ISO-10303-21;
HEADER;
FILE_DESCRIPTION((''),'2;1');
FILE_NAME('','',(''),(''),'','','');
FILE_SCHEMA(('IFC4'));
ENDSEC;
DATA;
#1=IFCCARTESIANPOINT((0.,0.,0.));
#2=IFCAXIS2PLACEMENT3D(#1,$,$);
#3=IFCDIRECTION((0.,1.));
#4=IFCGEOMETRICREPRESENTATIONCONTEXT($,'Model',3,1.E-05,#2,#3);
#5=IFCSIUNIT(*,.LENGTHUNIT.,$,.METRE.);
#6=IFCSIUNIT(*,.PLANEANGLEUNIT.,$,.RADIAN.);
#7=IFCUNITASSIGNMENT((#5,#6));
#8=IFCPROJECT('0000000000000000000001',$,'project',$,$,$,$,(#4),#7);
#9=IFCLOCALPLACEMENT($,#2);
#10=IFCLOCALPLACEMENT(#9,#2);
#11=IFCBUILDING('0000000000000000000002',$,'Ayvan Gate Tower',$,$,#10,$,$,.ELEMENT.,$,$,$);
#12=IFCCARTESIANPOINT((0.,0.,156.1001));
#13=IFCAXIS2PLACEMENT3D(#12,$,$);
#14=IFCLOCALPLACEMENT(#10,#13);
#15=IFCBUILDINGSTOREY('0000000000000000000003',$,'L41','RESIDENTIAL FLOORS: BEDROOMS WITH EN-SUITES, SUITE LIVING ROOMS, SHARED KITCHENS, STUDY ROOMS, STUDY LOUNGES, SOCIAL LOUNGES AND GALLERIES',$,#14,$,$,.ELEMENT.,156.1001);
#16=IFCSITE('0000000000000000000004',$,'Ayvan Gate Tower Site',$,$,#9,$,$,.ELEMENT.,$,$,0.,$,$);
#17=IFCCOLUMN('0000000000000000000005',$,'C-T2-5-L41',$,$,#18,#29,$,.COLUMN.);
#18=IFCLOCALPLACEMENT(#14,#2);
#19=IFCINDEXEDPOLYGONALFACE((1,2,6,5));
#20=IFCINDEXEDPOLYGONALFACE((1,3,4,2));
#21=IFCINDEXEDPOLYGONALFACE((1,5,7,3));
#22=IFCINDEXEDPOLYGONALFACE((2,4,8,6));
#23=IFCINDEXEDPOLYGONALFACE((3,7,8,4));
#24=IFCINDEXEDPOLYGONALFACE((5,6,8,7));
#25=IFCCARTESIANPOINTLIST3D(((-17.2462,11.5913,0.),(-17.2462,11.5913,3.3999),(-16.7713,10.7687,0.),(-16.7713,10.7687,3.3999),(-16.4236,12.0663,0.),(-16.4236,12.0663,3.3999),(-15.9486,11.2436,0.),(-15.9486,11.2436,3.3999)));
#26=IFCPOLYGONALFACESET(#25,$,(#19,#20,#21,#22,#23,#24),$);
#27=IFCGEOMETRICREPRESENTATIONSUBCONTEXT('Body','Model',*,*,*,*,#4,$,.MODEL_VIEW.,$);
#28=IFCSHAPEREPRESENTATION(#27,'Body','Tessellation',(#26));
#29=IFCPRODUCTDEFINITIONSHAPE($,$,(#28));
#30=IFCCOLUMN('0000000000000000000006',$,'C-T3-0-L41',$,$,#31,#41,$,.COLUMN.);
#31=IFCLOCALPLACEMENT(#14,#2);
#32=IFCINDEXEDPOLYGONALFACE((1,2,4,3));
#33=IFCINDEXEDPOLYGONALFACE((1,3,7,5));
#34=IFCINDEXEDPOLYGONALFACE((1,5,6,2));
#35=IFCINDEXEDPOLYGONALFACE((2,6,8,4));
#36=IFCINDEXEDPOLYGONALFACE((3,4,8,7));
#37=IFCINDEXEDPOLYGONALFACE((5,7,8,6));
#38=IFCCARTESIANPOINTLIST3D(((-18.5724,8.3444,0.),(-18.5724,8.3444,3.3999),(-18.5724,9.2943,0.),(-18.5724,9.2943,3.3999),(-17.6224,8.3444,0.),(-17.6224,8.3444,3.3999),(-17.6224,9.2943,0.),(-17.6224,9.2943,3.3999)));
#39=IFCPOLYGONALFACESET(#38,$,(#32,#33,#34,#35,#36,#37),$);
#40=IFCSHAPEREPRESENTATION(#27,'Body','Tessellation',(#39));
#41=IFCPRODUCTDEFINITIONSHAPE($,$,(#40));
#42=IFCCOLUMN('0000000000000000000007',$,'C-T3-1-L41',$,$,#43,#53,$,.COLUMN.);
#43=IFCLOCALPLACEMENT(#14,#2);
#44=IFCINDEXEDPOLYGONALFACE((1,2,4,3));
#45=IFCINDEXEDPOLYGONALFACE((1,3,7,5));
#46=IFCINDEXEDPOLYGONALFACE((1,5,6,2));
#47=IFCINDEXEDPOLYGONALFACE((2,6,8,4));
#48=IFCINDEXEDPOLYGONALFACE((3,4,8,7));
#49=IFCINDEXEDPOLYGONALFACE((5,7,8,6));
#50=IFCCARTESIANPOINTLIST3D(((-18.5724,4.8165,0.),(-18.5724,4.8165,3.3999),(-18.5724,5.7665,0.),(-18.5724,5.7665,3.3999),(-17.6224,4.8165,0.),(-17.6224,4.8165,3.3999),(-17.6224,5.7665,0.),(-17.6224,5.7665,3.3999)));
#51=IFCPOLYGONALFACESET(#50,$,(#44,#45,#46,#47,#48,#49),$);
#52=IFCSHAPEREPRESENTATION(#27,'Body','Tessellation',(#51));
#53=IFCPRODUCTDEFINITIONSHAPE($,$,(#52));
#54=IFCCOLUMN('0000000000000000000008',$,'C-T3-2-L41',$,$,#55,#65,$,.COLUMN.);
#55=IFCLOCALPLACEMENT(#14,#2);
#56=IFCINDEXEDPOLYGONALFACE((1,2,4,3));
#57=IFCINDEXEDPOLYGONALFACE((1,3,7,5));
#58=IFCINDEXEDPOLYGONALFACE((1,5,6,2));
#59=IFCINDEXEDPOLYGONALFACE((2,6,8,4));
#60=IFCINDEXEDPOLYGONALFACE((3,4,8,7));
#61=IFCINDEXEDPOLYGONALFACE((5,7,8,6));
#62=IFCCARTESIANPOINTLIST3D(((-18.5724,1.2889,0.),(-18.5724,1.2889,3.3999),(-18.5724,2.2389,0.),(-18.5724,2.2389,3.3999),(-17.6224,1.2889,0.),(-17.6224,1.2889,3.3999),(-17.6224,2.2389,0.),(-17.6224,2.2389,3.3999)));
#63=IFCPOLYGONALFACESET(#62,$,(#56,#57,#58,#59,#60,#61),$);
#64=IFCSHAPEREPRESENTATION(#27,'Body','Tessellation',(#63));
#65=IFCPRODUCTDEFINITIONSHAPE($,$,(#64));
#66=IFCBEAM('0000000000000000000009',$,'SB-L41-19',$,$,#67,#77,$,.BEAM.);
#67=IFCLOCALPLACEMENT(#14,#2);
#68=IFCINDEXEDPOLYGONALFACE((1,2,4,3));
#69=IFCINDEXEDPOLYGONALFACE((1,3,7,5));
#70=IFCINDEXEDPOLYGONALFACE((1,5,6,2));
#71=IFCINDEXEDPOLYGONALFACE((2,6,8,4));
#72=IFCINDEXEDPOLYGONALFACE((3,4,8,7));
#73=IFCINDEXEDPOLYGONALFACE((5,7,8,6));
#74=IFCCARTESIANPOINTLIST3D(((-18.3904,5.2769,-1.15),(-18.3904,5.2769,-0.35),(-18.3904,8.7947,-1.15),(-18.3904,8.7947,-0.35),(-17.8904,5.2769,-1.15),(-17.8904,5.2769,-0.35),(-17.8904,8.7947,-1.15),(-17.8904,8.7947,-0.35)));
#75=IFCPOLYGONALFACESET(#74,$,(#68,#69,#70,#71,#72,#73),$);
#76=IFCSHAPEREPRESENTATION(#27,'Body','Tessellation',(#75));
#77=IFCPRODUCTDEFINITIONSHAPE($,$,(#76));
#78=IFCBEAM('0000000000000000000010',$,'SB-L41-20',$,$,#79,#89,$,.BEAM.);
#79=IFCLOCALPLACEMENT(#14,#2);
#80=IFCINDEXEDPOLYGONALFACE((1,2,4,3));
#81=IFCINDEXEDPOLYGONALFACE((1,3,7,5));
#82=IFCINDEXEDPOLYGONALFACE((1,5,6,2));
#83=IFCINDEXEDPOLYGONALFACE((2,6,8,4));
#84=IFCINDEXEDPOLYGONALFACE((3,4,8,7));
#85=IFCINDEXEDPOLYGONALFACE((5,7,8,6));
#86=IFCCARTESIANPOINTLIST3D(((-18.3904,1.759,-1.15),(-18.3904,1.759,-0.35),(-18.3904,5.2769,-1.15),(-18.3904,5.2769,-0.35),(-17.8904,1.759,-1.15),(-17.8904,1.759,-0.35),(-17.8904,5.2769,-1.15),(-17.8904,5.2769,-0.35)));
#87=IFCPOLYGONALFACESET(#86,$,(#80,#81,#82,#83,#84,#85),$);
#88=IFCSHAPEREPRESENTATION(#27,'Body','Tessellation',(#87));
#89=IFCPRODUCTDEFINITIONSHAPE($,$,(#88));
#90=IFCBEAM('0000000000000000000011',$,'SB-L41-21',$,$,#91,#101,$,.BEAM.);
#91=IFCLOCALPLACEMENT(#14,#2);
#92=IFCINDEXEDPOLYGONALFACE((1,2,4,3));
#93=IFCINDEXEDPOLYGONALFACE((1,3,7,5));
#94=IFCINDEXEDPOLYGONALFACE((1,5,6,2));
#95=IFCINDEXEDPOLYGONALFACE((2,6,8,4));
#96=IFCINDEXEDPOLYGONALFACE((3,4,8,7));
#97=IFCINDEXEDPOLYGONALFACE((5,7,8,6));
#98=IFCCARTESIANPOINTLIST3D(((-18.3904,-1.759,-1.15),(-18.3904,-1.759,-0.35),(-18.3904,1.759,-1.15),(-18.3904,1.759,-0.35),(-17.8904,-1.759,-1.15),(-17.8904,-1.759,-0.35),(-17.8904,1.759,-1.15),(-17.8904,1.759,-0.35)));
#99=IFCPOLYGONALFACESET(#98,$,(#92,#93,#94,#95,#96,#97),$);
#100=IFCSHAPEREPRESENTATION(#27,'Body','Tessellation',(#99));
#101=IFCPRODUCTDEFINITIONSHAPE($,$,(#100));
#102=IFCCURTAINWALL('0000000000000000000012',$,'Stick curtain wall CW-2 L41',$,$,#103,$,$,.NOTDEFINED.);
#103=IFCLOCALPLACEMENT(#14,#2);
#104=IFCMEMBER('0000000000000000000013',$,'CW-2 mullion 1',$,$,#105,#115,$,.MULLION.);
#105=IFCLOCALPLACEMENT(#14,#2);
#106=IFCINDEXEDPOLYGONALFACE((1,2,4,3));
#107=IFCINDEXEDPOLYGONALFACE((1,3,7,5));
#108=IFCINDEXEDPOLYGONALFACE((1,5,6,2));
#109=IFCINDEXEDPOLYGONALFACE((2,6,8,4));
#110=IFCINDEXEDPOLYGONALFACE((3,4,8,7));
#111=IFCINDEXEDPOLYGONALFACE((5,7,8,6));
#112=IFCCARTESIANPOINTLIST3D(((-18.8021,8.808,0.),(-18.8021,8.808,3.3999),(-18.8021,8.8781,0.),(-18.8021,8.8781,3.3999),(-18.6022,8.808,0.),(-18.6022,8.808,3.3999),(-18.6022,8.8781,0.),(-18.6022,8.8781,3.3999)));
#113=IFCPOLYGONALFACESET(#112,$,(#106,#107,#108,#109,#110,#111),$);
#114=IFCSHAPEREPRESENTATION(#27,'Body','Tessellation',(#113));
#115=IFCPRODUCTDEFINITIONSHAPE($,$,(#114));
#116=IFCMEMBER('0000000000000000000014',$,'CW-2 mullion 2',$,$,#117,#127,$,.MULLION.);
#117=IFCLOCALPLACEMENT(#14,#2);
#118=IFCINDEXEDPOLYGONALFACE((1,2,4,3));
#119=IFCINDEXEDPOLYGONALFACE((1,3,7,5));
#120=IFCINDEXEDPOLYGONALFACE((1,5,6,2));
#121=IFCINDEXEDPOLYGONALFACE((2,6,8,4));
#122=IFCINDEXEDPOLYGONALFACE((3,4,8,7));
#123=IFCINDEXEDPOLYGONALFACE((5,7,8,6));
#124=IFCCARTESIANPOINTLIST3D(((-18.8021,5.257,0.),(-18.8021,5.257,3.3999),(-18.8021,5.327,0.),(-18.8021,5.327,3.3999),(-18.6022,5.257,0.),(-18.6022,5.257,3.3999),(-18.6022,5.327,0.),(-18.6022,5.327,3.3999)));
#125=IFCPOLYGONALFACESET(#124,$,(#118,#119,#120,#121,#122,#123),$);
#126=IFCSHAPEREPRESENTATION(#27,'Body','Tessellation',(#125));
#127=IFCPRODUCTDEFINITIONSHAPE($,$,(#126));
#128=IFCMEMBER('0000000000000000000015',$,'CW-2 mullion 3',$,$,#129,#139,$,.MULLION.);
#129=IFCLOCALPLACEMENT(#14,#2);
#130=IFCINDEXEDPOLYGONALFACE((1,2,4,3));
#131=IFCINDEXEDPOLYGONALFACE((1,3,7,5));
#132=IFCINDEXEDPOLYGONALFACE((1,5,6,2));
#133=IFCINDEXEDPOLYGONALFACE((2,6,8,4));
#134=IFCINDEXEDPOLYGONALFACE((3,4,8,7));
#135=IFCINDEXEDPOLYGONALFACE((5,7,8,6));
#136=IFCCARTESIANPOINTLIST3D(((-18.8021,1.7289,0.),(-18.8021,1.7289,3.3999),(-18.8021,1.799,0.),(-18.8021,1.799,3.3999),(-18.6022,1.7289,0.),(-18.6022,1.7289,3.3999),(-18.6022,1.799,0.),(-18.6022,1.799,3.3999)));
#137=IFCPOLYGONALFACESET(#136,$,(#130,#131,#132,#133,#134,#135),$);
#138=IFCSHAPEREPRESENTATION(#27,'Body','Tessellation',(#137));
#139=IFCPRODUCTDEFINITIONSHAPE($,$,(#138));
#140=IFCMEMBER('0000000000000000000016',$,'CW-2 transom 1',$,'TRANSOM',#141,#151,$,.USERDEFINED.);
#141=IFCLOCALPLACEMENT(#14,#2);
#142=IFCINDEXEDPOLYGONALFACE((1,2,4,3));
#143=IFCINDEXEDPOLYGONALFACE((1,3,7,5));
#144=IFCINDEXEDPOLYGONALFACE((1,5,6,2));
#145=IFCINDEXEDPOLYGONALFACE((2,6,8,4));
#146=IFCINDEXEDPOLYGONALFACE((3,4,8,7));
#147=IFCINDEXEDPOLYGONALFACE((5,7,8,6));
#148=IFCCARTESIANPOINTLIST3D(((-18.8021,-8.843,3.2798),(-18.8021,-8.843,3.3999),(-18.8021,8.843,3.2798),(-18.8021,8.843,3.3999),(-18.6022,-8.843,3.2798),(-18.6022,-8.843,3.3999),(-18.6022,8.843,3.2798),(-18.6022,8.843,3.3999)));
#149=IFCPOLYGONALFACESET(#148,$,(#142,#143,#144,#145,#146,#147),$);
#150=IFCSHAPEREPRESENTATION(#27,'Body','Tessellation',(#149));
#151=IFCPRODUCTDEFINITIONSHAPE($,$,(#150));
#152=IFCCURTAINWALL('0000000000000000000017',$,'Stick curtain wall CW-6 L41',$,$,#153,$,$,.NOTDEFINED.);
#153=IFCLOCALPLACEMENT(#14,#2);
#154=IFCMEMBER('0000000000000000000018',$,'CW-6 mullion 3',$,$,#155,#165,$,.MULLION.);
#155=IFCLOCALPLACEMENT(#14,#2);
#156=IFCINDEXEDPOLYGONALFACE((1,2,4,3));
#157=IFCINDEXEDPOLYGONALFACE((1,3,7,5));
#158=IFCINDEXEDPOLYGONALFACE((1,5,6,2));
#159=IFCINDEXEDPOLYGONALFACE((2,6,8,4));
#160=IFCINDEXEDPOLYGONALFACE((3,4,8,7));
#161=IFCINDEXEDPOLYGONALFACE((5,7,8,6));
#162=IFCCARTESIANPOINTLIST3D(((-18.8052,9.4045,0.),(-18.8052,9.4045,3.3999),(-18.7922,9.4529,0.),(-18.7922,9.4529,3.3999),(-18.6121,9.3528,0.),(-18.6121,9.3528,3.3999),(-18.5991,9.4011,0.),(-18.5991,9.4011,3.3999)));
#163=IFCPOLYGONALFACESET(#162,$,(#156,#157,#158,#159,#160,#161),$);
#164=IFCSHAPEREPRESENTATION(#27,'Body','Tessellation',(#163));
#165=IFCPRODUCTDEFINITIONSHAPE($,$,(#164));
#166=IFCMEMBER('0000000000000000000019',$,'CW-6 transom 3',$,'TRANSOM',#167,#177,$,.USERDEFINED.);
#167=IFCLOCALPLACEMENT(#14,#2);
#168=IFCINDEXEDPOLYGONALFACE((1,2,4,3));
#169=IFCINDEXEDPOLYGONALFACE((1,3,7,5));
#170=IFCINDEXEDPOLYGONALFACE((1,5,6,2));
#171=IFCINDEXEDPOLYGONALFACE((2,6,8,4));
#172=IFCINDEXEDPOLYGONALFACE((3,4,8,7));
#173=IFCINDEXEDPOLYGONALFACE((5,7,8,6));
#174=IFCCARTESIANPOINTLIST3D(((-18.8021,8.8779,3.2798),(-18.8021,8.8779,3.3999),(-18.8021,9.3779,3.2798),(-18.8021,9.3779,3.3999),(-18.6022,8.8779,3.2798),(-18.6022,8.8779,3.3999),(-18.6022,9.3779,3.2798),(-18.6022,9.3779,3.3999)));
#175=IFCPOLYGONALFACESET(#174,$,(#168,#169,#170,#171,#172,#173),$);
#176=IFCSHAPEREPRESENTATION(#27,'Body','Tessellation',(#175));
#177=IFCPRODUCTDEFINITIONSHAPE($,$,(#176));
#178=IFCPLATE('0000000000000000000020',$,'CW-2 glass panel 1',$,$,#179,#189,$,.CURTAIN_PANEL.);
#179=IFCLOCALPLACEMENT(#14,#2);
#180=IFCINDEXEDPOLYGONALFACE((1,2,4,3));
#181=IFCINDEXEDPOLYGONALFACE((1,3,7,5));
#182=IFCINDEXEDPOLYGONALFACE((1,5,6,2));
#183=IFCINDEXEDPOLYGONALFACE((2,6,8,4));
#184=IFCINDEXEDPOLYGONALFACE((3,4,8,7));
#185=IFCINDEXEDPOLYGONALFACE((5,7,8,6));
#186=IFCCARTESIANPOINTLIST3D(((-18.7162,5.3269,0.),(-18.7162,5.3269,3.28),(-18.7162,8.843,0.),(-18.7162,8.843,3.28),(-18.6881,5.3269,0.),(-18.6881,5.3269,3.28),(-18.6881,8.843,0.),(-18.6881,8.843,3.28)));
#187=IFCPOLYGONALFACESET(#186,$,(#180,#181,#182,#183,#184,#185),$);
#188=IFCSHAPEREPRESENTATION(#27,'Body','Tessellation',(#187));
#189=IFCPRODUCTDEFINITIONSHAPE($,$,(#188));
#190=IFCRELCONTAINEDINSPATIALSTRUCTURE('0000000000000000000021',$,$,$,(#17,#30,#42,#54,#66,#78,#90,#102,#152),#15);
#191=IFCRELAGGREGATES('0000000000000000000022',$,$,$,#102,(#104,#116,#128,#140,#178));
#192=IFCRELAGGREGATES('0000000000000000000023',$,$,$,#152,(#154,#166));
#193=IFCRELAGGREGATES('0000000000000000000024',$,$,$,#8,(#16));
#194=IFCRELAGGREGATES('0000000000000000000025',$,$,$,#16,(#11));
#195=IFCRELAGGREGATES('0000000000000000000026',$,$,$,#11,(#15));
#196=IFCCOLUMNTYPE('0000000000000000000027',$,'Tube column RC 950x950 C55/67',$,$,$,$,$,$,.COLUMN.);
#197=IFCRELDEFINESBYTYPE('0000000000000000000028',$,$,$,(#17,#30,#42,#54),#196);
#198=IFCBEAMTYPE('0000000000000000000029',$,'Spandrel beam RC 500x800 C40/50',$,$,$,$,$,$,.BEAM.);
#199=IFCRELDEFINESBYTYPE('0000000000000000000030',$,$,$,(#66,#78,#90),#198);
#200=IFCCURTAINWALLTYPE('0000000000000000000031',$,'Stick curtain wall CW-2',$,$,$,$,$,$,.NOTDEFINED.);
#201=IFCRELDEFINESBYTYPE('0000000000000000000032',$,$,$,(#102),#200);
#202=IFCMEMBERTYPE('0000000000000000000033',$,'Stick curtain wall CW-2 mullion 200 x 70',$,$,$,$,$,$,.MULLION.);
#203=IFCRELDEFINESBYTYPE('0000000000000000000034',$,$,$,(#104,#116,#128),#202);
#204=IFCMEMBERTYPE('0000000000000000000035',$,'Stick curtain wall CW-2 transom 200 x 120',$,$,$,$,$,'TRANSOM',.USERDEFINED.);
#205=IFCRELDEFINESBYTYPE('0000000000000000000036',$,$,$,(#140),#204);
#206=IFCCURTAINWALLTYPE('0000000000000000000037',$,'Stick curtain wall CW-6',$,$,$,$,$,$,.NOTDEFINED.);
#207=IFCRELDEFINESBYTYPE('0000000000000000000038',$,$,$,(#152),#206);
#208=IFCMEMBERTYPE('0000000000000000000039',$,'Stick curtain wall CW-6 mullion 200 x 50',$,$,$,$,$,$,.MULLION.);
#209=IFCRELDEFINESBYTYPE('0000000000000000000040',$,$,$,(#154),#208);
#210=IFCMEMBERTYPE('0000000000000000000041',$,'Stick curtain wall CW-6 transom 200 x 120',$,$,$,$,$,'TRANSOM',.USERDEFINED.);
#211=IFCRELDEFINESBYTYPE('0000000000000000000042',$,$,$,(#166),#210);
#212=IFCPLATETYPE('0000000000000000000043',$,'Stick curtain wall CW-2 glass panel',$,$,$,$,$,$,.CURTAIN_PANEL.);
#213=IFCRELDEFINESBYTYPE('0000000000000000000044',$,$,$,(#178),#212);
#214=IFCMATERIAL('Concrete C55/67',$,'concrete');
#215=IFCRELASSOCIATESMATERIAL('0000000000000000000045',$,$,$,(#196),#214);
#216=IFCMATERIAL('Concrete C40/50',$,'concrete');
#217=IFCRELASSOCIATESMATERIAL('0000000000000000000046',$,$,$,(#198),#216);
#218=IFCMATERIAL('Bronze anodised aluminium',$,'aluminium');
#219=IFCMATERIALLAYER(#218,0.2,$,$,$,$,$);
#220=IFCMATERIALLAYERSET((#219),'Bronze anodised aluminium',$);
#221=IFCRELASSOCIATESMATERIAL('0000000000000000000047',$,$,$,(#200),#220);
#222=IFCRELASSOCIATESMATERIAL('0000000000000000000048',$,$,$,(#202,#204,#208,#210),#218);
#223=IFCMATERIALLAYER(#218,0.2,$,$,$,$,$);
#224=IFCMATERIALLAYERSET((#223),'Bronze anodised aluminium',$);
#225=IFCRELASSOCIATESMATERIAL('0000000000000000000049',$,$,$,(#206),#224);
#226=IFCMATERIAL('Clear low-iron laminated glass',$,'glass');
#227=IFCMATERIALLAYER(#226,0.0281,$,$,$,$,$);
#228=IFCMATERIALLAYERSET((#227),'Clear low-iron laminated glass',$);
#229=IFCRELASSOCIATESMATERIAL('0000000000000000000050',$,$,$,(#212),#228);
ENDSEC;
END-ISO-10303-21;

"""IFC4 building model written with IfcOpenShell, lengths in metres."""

from ifc_helpers import new_model, si_unit, direction, frame, origin, origin_2d, place, context, subcontext, project, spatial, rectangle, extrude, material, layer, layer_set, material_profile, profile_set, type_object, element, aggregate, save


model = new_model("IFC4")

# Units and contexts
model_context = context("Model", 3, precision=1e-05, world=origin(), true_north=direction((0.0, 1.0)))
body_context = subcontext(model_context, "Body", "Model", "MODEL_VIEW")
ifc_project = project(units=[si_unit("LENGTHUNIT", "METRE"), si_unit("PLANEANGLEUNIT", "RADIAN")], contexts=[model_context])

# Site, building, storey
site_placement = place(None, origin())
site = spatial("IfcSite", under=ifc_project, at=site_placement, Name="Ayvan Gate Tower Site", CompositionType="ELEMENT", RefElevation=0.0)
building_placement = place(site_placement, origin())
building = spatial("IfcBuilding", under=site, at=building_placement, Name="Ayvan Gate Tower", CompositionType="ELEMENT")
storey_placement = place(building_placement, frame((0.0, 0.0, 156.1001)))
storey = spatial("IfcBuildingStorey", under=building, at=storey_placement, Name="L41", Description="RESIDENTIAL FLOORS: BEDROOMS WITH EN-SUITES, SUITE LIVING ROOMS, SHARED KITCHENS, STUDY ROOMS, STUDY LOUNGES, SOCIAL LOUNGES AND GALLERIES", CompositionType="ELEMENT", Elevation=156.1001)

# Columns
ifc_material_1 = material(Name="Concrete C55/67", Category="concrete")
ifc_material_profile_1 = material_profile(ifc_material_1, rectangle(XDim=0.95, YDim=0.95, at=origin_2d()), Name="RC 950x950")
ifc_profile_set_1 = profile_set([ifc_material_profile_1], Name="Concrete C55/67")
column_type = type_object("IfcColumnType", Name="Tube column RC 950x950 C55/67", PredefinedType="COLUMN", material=ifc_profile_set_1)
for number, where, z_axis, x_axis, name in (
    (1, (-16.5974, 11.4175, 0.0), (0.0, 0.0, 1.0), (-0.5, 0.866025, 0.0), "C-T2-5-L41"),
    (2, (-18.0974, 8.8193, 0.0), (0.0, 0.0, 1.0), (-1.0, 0.0, 0.0), "C-T3-0-L41"),
    (3, (-18.0974, 5.2915, 0.0), (0.0, 0.0, 1.0), (-1.0, 0.0, 0.0), "C-T3-1-L41"),
    (4, (-18.0974, 1.7639, 0.0), (0.0, 0.0, 1.0), (-1.0, 0.0, 0.0), "C-T3-2-L41"),
):
    element("IfcColumn", number, at=place(storey_placement, frame(where, z_axis=z_axis, x_axis=x_axis)), inside=storey, type_object=column_type, Name=name, PredefinedType="COLUMN", context=body_context, shape_type="SweptSolid", body=[
        extrude(rectangle(XDim=0.95, YDim=0.95, at=origin_2d()), origin(), (0.0, 0.0, 1.0), 3.3999),
    ])

# Beams
ifc_material_2 = material(Name="Concrete C40/50", Category="concrete")
ifc_material_profile_2 = material_profile(ifc_material_2, rectangle(XDim=0.5, YDim=0.8, at=origin_2d()), Name="RC 500x800")
ifc_profile_set_2 = profile_set([ifc_material_profile_2], Name="Concrete C40/50")
beam_type = type_object("IfcBeamType", Name="Spandrel beam RC 500x800 C40/50", PredefinedType="BEAM", material=ifc_profile_set_2)
for number, where, z_axis, x_axis, name in (
    (5, (-18.1404, 8.7947, -0.75), (0.0, -1.0, 0.0), (1.0, 0.0, 0.0), "SB-L41-19"),
    (6, (-18.1404, 5.2769, -0.75), (0.0, -1.0, 0.0), (1.0, 0.0, 0.0), "SB-L41-20"),
):
    element("IfcBeam", number, at=place(storey_placement, frame(where, z_axis=z_axis, x_axis=x_axis)), inside=storey, type_object=beam_type, Name=name, PredefinedType="BEAM", context=body_context, shape_type="SweptSolid", body=[
        extrude(rectangle(XDim=0.5, YDim=0.8, at=origin_2d()), origin(), (0.0, 0.0, 1.0), 3.5178),
    ])
beam_placement = place(storey_placement, frame((-18.1404, 1.759, -0.75), z_axis=(0.0, -1.0, 0.0), x_axis=(1.0, 0.0, 0.0)))
element("IfcBeam", 7, at=beam_placement, inside=storey, type_object=beam_type, Name="SB-L41-21", PredefinedType="BEAM", context=body_context, shape_type="SweptSolid", body=[
    extrude(rectangle(XDim=0.5, YDim=0.8, at=origin_2d()), origin(), (0.0, 0.0, 1.0), 3.5181),
])

# Curtain walls, members
ifc_material_3 = material(Name="Bronze anodised aluminium", Category="aluminium")
ifc_layer_1 = layer(ifc_material_3, 0.2)
ifc_layer_set_1 = layer_set([ifc_layer_1], Name="Bronze anodised aluminium")
curtain_wall_type_1 = type_object("IfcCurtainWallType", Name="Stick curtain wall CW-2", PredefinedType="NOTDEFINED", material=ifc_layer_set_1)
curtain_wall_1_placement = place(storey_placement, origin())
curtain_wall_1 = element("IfcCurtainWall", 8, at=curtain_wall_1_placement, inside=storey, type_object=curtain_wall_type_1, Name="Stick curtain wall CW-2 L41", PredefinedType="NOTDEFINED")
ifc_material_profile_3 = material_profile(ifc_material_3, rectangle(XDim=0.2, YDim=0.0701, at=origin_2d()), Name="Stick curtain wall CW-2 mullion 200 x 70")
ifc_profile_set_3 = profile_set([ifc_material_profile_3], Name="Bronze anodised aluminium")
member_type_1 = type_object("IfcMemberType", Name="Stick curtain wall CW-2 mullion 200 x 70", PredefinedType="MULLION", material=ifc_profile_set_3)
member_1_placement = place(storey_placement, frame((-18.7021, 8.843, 0.0), z_axis=(0.0, 0.0, 1.0), x_axis=(-1.0, 0.0, 0.0)))
member_1 = element("IfcMember", 9, at=member_1_placement, type_object=member_type_1, Name="CW-2 mullion 1", PredefinedType="MULLION", context=body_context, shape_type="SweptSolid", body=[
    extrude(rectangle(XDim=0.2, YDim=0.0701, at=origin_2d()), origin(), (0.0, 0.0, 1.0), 3.3999),
])
member_2_placement = place(storey_placement, frame((-18.7021, 5.292, 0.0), z_axis=(0.0, 0.0, 1.0), x_axis=(-1.0, 0.0, 0.0)))
member_2 = element("IfcMember", 10, at=member_2_placement, type_object=member_type_1, Name="CW-2 mullion 2", PredefinedType="MULLION", context=body_context, shape_type="SweptSolid", body=[
    extrude(rectangle(XDim=0.2, YDim=0.0701, at=origin_2d()), origin(), (0.0, 0.0, 1.0), 3.3999),
])
member_3_placement = place(storey_placement, frame((-18.7021, 1.7639, 0.0), z_axis=(0.0, 0.0, 1.0), x_axis=(-1.0, 0.0, 0.0)))
member_3 = element("IfcMember", 11, at=member_3_placement, type_object=member_type_1, Name="CW-2 mullion 3", PredefinedType="MULLION", context=body_context, shape_type="SweptSolid", body=[
    extrude(rectangle(XDim=0.2, YDim=0.0701, at=origin_2d()), origin(), (0.0, 0.0, 1.0), 3.3999),
])
ifc_material_profile_4 = material_profile(ifc_material_3, rectangle(XDim=0.2, YDim=0.1201, at=origin_2d()), Name="Stick curtain wall CW-2 transom 200 x 120")
ifc_profile_set_4 = profile_set([ifc_material_profile_4], Name="Bronze anodised aluminium")
member_type_2 = type_object("IfcMemberType", Name="Stick curtain wall CW-2 transom 200 x 120", ElementType="TRANSOM", PredefinedType="USERDEFINED", material=ifc_profile_set_4)
member_4_placement = place(storey_placement, frame((-18.7021, 8.843, 3.3398), z_axis=(0.0, -1.0, 0.0), x_axis=(1.0, 0.0, 0.0)))
member_4 = element("IfcMember", 12, at=member_4_placement, type_object=member_type_2, Name="CW-2 transom 1", ObjectType="TRANSOM", PredefinedType="USERDEFINED", context=body_context, shape_type="SweptSolid", body=[
    extrude(rectangle(XDim=0.2, YDim=0.1201, at=origin_2d()), origin(), (0.0, 0.0, 1.0), 17.686),
])
ifc_layer_2 = layer(ifc_material_3, 0.2)
ifc_layer_set_2 = layer_set([ifc_layer_2], Name="Bronze anodised aluminium")
curtain_wall_type_2 = type_object("IfcCurtainWallType", Name="Stick curtain wall CW-6", PredefinedType="NOTDEFINED", material=ifc_layer_set_2)
curtain_wall_2_placement = place(storey_placement, origin())
curtain_wall_2 = element("IfcCurtainWall", 13, at=curtain_wall_2_placement, inside=storey, type_object=curtain_wall_type_2, Name="Stick curtain wall CW-6 L41", PredefinedType="NOTDEFINED")
ifc_material_profile_5 = material_profile(ifc_material_3, rectangle(XDim=0.2, YDim=0.05, at=origin_2d()), Name="Stick curtain wall CW-6 mullion 200 x 50")
ifc_profile_set_5 = profile_set([ifc_material_profile_5], Name="Bronze anodised aluminium")
member_type_3 = type_object("IfcMemberType", Name="Stick curtain wall CW-6 mullion 200 x 50", PredefinedType="MULLION", material=ifc_profile_set_5)
member_5_placement = place(storey_placement, frame((-18.7021, 9.4028, 0.0), z_axis=(0.0, 0.0, 1.0), x_axis=(-0.965926, 0.258819, 0.0)))
member_5 = element("IfcMember", 14, at=member_5_placement, type_object=member_type_3, Name="CW-6 mullion 3", PredefinedType="MULLION", context=body_context, shape_type="SweptSolid", body=[
    extrude(rectangle(XDim=0.2, YDim=0.05, at=origin_2d()), origin(), (0.0, 0.0, 1.0), 3.3999),
])
ifc_material_profile_6 = material_profile(ifc_material_3, rectangle(XDim=0.2, YDim=0.1201, at=origin_2d()), Name="Stick curtain wall CW-6 transom 200 x 120")
ifc_profile_set_6 = profile_set([ifc_material_profile_6], Name="Bronze anodised aluminium")
member_type_4 = type_object("IfcMemberType", Name="Stick curtain wall CW-6 transom 200 x 120", ElementType="TRANSOM", PredefinedType="USERDEFINED", material=ifc_profile_set_6)
member_6_placement = place(storey_placement, frame((-18.7021, 9.3779, 3.3398), z_axis=(0.0, -1.0, 0.0), x_axis=(1.0, 0.0, 0.0)))
member_6 = element("IfcMember", 15, at=member_6_placement, type_object=member_type_4, Name="CW-6 transom 3", ObjectType="TRANSOM", PredefinedType="USERDEFINED", context=body_context, shape_type="SweptSolid", body=[
    extrude(rectangle(XDim=0.2, YDim=0.1201, at=origin_2d()), origin(), (0.0, 0.0, 1.0), 0.5),
])

# Plate
ifc_material_4 = material(Name="Clear low-iron laminated glass", Category="glass")
ifc_layer_3 = layer(ifc_material_4, 0.0281)
ifc_layer_set_3 = layer_set([ifc_layer_3], Name="Clear low-iron laminated glass")
plate_type_1 = type_object("IfcPlateType", Name="Stick curtain wall CW-2 glass panel", PredefinedType="CURTAIN_PANEL", material=ifc_layer_set_3)
plate_1_placement = place(storey_placement, frame((-18.7021, 7.085, 0.0), z_axis=(0.0, 0.0, 1.0), x_axis=(0.0, -1.0, 0.0)))
plate_1 = element("IfcPlate", 16, at=plate_1_placement, type_object=plate_type_1, Name="CW-2 glass panel 1", PredefinedType="CURTAIN_PANEL", context=body_context, shape_type="SweptSolid", body=[
    extrude(rectangle(XDim=3.5161, YDim=0.0281, at=origin_2d()), origin(), (0.0, 0.0, 1.0), 3.28),
])
aggregate(curtain_wall_1, [member_1, member_2, member_3, member_4, plate_1])
aggregate(curtain_wall_2, [member_5, member_6])

save(model, "model.ifc")
